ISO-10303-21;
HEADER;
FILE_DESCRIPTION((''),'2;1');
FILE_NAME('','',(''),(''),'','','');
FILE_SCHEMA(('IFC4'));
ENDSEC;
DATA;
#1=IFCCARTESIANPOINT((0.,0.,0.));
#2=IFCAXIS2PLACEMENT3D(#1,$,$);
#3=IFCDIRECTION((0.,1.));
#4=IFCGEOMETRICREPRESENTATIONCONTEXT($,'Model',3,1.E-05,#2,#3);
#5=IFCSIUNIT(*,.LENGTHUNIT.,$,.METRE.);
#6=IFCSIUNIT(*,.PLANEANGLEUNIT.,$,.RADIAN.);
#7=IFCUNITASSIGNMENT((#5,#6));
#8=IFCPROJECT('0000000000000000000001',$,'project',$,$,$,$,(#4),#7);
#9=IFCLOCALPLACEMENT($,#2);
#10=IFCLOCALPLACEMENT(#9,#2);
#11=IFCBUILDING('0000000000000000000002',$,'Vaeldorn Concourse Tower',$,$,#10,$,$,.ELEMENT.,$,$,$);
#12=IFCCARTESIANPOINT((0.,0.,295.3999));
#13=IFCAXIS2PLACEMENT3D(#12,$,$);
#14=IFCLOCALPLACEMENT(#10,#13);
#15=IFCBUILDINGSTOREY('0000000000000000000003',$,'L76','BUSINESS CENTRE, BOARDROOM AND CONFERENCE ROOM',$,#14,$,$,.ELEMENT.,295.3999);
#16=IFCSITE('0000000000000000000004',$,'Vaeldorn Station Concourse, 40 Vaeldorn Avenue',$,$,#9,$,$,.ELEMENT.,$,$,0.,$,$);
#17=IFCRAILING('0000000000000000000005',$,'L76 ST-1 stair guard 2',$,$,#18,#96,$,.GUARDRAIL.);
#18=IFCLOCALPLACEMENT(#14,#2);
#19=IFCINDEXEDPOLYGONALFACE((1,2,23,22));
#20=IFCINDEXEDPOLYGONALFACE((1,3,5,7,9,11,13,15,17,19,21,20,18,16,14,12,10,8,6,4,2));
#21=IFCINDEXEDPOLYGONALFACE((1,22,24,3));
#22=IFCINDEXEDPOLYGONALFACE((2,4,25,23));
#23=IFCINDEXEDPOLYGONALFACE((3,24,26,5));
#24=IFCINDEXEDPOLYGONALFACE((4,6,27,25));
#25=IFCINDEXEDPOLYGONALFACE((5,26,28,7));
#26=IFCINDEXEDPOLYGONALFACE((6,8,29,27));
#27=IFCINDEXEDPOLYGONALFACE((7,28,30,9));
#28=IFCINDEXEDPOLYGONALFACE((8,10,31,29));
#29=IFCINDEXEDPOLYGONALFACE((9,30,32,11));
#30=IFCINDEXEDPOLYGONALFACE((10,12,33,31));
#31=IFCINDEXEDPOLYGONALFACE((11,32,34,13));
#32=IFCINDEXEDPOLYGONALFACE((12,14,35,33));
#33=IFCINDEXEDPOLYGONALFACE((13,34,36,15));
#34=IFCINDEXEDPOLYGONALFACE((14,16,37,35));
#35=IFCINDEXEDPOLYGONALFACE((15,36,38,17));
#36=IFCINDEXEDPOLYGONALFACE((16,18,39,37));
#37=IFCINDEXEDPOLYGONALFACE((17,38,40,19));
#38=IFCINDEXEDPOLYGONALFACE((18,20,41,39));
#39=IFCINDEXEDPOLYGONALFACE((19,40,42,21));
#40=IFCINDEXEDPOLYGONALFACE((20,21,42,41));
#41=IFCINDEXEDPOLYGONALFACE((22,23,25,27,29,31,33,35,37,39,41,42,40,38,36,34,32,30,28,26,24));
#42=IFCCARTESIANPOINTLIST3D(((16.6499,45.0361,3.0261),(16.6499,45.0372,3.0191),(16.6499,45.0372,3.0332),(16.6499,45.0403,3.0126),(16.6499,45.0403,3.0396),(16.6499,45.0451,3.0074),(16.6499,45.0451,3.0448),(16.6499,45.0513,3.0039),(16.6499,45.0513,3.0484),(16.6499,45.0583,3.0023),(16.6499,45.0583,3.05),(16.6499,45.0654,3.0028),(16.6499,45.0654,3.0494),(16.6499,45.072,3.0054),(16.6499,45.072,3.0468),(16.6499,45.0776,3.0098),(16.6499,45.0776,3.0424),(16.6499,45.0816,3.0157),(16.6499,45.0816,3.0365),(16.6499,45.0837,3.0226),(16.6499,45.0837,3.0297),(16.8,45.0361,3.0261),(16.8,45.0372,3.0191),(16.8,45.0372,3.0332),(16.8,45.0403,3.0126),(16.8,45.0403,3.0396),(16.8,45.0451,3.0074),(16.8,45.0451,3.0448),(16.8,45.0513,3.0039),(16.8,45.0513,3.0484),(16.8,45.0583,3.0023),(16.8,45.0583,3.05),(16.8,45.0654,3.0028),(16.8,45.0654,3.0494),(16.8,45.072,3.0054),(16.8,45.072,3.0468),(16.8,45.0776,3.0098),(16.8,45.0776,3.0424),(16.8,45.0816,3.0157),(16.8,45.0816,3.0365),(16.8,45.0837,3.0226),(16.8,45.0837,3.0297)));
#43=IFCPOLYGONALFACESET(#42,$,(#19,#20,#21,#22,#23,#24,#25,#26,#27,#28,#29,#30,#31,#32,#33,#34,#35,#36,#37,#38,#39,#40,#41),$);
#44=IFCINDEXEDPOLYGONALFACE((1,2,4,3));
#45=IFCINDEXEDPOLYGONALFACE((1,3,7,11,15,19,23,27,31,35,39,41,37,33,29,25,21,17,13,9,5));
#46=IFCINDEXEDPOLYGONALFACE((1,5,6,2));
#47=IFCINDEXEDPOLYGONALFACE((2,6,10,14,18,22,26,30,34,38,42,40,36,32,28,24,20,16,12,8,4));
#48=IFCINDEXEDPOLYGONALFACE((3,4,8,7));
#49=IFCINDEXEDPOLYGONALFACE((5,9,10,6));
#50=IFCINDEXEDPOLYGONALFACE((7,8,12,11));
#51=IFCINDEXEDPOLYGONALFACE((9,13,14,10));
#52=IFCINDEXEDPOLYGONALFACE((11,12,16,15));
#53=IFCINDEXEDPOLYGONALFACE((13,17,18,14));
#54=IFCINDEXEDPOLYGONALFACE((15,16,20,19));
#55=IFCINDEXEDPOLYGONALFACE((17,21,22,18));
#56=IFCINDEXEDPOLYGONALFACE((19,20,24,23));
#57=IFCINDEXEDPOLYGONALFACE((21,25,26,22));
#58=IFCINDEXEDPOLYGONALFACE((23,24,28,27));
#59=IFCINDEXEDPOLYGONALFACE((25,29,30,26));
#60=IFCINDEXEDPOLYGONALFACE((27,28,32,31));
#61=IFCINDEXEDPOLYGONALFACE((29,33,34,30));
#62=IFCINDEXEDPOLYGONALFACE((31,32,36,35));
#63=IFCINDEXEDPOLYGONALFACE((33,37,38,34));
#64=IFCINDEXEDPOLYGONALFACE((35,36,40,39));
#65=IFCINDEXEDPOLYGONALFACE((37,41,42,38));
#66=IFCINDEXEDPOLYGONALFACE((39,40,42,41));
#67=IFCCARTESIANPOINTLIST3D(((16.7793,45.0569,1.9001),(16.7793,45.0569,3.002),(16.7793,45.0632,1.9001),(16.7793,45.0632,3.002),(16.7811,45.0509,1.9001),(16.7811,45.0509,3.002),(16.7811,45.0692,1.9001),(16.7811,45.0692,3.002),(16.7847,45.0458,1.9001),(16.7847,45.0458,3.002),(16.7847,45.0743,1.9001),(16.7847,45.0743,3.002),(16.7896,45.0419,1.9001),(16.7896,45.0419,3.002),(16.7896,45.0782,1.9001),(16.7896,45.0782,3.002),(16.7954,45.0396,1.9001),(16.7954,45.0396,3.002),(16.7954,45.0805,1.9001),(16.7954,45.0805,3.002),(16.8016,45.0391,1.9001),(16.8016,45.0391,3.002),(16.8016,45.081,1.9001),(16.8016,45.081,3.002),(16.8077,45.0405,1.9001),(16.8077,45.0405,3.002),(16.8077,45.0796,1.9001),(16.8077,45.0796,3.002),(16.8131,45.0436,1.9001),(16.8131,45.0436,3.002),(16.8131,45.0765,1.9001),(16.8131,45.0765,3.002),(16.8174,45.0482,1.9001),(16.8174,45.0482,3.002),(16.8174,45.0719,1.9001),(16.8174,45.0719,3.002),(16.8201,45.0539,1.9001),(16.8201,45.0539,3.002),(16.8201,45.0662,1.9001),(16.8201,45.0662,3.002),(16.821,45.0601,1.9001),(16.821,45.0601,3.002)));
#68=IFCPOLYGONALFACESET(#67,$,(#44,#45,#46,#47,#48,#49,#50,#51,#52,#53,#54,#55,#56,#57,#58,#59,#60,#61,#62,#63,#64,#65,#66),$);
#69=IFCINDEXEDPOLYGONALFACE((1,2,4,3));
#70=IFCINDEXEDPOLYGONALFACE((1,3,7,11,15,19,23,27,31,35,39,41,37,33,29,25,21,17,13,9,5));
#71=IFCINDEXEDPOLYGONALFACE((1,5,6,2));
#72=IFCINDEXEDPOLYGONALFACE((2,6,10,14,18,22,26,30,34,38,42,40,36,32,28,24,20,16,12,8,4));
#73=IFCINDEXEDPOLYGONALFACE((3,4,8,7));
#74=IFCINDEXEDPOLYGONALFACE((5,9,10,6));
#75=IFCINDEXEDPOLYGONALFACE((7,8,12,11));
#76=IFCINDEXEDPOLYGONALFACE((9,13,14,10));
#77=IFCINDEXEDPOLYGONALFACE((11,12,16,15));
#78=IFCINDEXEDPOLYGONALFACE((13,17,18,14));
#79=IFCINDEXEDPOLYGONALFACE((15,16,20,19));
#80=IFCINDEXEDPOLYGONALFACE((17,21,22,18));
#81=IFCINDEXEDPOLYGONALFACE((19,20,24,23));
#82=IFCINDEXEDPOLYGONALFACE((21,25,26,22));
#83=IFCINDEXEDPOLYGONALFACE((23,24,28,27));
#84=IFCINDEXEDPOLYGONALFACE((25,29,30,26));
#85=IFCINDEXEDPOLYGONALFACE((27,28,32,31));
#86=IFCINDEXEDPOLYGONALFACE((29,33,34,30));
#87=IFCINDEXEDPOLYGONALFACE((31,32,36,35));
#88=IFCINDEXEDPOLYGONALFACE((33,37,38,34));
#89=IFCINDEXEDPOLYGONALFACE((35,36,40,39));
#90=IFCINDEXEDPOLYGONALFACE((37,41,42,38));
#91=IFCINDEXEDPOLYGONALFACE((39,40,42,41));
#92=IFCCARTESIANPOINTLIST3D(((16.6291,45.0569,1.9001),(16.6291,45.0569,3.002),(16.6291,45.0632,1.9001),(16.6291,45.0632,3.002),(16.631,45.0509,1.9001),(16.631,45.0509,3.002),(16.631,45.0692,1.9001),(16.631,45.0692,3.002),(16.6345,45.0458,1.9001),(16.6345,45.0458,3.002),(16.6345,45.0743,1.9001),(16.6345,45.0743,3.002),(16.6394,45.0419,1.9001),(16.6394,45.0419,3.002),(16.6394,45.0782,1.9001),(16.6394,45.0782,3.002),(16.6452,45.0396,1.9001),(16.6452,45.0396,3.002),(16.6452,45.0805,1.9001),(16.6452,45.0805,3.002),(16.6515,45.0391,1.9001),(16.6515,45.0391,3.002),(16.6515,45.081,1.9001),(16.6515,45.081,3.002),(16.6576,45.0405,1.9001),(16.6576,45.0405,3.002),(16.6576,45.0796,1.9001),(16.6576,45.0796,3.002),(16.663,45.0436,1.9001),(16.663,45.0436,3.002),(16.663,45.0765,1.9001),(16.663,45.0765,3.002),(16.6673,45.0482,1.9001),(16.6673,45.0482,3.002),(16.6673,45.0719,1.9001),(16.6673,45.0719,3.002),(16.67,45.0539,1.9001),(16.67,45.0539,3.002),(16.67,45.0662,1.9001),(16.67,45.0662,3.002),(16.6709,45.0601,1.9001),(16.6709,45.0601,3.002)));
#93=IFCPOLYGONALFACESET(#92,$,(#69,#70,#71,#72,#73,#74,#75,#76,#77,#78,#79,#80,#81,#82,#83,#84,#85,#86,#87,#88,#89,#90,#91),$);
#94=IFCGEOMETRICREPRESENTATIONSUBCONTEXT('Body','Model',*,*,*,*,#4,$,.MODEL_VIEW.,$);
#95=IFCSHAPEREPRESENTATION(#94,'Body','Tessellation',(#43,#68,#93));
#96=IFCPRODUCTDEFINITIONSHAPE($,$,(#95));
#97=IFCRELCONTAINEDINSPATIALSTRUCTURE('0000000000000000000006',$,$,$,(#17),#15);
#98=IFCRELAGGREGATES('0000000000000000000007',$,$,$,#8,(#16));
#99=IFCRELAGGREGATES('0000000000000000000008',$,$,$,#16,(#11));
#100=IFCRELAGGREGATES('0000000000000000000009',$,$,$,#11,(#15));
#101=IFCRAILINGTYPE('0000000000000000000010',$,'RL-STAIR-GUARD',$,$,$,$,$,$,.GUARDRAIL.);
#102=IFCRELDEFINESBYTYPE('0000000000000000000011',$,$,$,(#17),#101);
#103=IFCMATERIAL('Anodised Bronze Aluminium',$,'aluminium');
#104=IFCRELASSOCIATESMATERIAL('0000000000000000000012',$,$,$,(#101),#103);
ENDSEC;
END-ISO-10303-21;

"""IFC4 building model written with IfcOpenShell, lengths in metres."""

from ifc_helpers import new_model, si_unit, direction, frame, origin, origin_2d, place, context, subcontext, project, spatial, circle, extrude, material, type_object, element, save


model = new_model("IFC4")

# Units and contexts
model_context = context("Model", 3, precision=1e-05, world=origin(), true_north=direction((0.0, 1.0)))
body_context = subcontext(model_context, "Body", "Model", "MODEL_VIEW")
ifc_project = project(units=[si_unit("LENGTHUNIT", "METRE"), si_unit("PLANEANGLEUNIT", "RADIAN")], contexts=[model_context])

# Site, building, storey
site_placement = place(None, origin())
site = spatial("IfcSite", under=ifc_project, at=site_placement, Name="Vaeldorn Station Concourse, 40 Vaeldorn Avenue", CompositionType="ELEMENT", RefElevation=0.0)
building_placement = place(site_placement, origin())
building = spatial("IfcBuilding", under=site, at=building_placement, Name="Vaeldorn Concourse Tower", CompositionType="ELEMENT")
storey_placement = place(building_placement, frame((0.0, 0.0, 295.3999)))
storey = spatial("IfcBuildingStorey", under=building, at=storey_placement, Name="L76", Description="BUSINESS CENTRE, BOARDROOM AND CONFERENCE ROOM", CompositionType="ELEMENT", Elevation=295.3999)

# Shared definitions
ifc_material_1 = material(Name="Anodised Bronze Aluminium", Category="aluminium")

# Railing
railing_type_1 = type_object("IfcRailingType", Name="RL-STAIR-GUARD", PredefinedType="GUARDRAIL", material=ifc_material_1)
railing_1_placement = place(storey_placement, frame((16.8, 45.0601, 1.9001)))
element("IfcRailing", 1, at=railing_1_placement, inside=storey, type_object=railing_type_1, Name="L76 ST-1 stair guard 2", PredefinedType="GUARDRAIL", context=body_context, shape_type="SweptSolid", body=[
    extrude(circle(Radius=0.0239, at=origin_2d()), frame((0.0, 0.0, 1.126), z_axis=(-1.0, 0.0, 0.0), x_axis=(0.0, -1.0, 0.0)), (0.0, 0.0, 1.0), 0.1501),
    extrude(circle(Radius=0.021, at=origin_2d()), origin(), (0.0, 0.0, 1.0), 1.1018),
    extrude(circle(Radius=0.021, at=origin_2d()), frame((-0.1501, 0.0, 0.0)), (0.0, 0.0, 1.0), 1.1018),
])

save(model, "model.ifc")
